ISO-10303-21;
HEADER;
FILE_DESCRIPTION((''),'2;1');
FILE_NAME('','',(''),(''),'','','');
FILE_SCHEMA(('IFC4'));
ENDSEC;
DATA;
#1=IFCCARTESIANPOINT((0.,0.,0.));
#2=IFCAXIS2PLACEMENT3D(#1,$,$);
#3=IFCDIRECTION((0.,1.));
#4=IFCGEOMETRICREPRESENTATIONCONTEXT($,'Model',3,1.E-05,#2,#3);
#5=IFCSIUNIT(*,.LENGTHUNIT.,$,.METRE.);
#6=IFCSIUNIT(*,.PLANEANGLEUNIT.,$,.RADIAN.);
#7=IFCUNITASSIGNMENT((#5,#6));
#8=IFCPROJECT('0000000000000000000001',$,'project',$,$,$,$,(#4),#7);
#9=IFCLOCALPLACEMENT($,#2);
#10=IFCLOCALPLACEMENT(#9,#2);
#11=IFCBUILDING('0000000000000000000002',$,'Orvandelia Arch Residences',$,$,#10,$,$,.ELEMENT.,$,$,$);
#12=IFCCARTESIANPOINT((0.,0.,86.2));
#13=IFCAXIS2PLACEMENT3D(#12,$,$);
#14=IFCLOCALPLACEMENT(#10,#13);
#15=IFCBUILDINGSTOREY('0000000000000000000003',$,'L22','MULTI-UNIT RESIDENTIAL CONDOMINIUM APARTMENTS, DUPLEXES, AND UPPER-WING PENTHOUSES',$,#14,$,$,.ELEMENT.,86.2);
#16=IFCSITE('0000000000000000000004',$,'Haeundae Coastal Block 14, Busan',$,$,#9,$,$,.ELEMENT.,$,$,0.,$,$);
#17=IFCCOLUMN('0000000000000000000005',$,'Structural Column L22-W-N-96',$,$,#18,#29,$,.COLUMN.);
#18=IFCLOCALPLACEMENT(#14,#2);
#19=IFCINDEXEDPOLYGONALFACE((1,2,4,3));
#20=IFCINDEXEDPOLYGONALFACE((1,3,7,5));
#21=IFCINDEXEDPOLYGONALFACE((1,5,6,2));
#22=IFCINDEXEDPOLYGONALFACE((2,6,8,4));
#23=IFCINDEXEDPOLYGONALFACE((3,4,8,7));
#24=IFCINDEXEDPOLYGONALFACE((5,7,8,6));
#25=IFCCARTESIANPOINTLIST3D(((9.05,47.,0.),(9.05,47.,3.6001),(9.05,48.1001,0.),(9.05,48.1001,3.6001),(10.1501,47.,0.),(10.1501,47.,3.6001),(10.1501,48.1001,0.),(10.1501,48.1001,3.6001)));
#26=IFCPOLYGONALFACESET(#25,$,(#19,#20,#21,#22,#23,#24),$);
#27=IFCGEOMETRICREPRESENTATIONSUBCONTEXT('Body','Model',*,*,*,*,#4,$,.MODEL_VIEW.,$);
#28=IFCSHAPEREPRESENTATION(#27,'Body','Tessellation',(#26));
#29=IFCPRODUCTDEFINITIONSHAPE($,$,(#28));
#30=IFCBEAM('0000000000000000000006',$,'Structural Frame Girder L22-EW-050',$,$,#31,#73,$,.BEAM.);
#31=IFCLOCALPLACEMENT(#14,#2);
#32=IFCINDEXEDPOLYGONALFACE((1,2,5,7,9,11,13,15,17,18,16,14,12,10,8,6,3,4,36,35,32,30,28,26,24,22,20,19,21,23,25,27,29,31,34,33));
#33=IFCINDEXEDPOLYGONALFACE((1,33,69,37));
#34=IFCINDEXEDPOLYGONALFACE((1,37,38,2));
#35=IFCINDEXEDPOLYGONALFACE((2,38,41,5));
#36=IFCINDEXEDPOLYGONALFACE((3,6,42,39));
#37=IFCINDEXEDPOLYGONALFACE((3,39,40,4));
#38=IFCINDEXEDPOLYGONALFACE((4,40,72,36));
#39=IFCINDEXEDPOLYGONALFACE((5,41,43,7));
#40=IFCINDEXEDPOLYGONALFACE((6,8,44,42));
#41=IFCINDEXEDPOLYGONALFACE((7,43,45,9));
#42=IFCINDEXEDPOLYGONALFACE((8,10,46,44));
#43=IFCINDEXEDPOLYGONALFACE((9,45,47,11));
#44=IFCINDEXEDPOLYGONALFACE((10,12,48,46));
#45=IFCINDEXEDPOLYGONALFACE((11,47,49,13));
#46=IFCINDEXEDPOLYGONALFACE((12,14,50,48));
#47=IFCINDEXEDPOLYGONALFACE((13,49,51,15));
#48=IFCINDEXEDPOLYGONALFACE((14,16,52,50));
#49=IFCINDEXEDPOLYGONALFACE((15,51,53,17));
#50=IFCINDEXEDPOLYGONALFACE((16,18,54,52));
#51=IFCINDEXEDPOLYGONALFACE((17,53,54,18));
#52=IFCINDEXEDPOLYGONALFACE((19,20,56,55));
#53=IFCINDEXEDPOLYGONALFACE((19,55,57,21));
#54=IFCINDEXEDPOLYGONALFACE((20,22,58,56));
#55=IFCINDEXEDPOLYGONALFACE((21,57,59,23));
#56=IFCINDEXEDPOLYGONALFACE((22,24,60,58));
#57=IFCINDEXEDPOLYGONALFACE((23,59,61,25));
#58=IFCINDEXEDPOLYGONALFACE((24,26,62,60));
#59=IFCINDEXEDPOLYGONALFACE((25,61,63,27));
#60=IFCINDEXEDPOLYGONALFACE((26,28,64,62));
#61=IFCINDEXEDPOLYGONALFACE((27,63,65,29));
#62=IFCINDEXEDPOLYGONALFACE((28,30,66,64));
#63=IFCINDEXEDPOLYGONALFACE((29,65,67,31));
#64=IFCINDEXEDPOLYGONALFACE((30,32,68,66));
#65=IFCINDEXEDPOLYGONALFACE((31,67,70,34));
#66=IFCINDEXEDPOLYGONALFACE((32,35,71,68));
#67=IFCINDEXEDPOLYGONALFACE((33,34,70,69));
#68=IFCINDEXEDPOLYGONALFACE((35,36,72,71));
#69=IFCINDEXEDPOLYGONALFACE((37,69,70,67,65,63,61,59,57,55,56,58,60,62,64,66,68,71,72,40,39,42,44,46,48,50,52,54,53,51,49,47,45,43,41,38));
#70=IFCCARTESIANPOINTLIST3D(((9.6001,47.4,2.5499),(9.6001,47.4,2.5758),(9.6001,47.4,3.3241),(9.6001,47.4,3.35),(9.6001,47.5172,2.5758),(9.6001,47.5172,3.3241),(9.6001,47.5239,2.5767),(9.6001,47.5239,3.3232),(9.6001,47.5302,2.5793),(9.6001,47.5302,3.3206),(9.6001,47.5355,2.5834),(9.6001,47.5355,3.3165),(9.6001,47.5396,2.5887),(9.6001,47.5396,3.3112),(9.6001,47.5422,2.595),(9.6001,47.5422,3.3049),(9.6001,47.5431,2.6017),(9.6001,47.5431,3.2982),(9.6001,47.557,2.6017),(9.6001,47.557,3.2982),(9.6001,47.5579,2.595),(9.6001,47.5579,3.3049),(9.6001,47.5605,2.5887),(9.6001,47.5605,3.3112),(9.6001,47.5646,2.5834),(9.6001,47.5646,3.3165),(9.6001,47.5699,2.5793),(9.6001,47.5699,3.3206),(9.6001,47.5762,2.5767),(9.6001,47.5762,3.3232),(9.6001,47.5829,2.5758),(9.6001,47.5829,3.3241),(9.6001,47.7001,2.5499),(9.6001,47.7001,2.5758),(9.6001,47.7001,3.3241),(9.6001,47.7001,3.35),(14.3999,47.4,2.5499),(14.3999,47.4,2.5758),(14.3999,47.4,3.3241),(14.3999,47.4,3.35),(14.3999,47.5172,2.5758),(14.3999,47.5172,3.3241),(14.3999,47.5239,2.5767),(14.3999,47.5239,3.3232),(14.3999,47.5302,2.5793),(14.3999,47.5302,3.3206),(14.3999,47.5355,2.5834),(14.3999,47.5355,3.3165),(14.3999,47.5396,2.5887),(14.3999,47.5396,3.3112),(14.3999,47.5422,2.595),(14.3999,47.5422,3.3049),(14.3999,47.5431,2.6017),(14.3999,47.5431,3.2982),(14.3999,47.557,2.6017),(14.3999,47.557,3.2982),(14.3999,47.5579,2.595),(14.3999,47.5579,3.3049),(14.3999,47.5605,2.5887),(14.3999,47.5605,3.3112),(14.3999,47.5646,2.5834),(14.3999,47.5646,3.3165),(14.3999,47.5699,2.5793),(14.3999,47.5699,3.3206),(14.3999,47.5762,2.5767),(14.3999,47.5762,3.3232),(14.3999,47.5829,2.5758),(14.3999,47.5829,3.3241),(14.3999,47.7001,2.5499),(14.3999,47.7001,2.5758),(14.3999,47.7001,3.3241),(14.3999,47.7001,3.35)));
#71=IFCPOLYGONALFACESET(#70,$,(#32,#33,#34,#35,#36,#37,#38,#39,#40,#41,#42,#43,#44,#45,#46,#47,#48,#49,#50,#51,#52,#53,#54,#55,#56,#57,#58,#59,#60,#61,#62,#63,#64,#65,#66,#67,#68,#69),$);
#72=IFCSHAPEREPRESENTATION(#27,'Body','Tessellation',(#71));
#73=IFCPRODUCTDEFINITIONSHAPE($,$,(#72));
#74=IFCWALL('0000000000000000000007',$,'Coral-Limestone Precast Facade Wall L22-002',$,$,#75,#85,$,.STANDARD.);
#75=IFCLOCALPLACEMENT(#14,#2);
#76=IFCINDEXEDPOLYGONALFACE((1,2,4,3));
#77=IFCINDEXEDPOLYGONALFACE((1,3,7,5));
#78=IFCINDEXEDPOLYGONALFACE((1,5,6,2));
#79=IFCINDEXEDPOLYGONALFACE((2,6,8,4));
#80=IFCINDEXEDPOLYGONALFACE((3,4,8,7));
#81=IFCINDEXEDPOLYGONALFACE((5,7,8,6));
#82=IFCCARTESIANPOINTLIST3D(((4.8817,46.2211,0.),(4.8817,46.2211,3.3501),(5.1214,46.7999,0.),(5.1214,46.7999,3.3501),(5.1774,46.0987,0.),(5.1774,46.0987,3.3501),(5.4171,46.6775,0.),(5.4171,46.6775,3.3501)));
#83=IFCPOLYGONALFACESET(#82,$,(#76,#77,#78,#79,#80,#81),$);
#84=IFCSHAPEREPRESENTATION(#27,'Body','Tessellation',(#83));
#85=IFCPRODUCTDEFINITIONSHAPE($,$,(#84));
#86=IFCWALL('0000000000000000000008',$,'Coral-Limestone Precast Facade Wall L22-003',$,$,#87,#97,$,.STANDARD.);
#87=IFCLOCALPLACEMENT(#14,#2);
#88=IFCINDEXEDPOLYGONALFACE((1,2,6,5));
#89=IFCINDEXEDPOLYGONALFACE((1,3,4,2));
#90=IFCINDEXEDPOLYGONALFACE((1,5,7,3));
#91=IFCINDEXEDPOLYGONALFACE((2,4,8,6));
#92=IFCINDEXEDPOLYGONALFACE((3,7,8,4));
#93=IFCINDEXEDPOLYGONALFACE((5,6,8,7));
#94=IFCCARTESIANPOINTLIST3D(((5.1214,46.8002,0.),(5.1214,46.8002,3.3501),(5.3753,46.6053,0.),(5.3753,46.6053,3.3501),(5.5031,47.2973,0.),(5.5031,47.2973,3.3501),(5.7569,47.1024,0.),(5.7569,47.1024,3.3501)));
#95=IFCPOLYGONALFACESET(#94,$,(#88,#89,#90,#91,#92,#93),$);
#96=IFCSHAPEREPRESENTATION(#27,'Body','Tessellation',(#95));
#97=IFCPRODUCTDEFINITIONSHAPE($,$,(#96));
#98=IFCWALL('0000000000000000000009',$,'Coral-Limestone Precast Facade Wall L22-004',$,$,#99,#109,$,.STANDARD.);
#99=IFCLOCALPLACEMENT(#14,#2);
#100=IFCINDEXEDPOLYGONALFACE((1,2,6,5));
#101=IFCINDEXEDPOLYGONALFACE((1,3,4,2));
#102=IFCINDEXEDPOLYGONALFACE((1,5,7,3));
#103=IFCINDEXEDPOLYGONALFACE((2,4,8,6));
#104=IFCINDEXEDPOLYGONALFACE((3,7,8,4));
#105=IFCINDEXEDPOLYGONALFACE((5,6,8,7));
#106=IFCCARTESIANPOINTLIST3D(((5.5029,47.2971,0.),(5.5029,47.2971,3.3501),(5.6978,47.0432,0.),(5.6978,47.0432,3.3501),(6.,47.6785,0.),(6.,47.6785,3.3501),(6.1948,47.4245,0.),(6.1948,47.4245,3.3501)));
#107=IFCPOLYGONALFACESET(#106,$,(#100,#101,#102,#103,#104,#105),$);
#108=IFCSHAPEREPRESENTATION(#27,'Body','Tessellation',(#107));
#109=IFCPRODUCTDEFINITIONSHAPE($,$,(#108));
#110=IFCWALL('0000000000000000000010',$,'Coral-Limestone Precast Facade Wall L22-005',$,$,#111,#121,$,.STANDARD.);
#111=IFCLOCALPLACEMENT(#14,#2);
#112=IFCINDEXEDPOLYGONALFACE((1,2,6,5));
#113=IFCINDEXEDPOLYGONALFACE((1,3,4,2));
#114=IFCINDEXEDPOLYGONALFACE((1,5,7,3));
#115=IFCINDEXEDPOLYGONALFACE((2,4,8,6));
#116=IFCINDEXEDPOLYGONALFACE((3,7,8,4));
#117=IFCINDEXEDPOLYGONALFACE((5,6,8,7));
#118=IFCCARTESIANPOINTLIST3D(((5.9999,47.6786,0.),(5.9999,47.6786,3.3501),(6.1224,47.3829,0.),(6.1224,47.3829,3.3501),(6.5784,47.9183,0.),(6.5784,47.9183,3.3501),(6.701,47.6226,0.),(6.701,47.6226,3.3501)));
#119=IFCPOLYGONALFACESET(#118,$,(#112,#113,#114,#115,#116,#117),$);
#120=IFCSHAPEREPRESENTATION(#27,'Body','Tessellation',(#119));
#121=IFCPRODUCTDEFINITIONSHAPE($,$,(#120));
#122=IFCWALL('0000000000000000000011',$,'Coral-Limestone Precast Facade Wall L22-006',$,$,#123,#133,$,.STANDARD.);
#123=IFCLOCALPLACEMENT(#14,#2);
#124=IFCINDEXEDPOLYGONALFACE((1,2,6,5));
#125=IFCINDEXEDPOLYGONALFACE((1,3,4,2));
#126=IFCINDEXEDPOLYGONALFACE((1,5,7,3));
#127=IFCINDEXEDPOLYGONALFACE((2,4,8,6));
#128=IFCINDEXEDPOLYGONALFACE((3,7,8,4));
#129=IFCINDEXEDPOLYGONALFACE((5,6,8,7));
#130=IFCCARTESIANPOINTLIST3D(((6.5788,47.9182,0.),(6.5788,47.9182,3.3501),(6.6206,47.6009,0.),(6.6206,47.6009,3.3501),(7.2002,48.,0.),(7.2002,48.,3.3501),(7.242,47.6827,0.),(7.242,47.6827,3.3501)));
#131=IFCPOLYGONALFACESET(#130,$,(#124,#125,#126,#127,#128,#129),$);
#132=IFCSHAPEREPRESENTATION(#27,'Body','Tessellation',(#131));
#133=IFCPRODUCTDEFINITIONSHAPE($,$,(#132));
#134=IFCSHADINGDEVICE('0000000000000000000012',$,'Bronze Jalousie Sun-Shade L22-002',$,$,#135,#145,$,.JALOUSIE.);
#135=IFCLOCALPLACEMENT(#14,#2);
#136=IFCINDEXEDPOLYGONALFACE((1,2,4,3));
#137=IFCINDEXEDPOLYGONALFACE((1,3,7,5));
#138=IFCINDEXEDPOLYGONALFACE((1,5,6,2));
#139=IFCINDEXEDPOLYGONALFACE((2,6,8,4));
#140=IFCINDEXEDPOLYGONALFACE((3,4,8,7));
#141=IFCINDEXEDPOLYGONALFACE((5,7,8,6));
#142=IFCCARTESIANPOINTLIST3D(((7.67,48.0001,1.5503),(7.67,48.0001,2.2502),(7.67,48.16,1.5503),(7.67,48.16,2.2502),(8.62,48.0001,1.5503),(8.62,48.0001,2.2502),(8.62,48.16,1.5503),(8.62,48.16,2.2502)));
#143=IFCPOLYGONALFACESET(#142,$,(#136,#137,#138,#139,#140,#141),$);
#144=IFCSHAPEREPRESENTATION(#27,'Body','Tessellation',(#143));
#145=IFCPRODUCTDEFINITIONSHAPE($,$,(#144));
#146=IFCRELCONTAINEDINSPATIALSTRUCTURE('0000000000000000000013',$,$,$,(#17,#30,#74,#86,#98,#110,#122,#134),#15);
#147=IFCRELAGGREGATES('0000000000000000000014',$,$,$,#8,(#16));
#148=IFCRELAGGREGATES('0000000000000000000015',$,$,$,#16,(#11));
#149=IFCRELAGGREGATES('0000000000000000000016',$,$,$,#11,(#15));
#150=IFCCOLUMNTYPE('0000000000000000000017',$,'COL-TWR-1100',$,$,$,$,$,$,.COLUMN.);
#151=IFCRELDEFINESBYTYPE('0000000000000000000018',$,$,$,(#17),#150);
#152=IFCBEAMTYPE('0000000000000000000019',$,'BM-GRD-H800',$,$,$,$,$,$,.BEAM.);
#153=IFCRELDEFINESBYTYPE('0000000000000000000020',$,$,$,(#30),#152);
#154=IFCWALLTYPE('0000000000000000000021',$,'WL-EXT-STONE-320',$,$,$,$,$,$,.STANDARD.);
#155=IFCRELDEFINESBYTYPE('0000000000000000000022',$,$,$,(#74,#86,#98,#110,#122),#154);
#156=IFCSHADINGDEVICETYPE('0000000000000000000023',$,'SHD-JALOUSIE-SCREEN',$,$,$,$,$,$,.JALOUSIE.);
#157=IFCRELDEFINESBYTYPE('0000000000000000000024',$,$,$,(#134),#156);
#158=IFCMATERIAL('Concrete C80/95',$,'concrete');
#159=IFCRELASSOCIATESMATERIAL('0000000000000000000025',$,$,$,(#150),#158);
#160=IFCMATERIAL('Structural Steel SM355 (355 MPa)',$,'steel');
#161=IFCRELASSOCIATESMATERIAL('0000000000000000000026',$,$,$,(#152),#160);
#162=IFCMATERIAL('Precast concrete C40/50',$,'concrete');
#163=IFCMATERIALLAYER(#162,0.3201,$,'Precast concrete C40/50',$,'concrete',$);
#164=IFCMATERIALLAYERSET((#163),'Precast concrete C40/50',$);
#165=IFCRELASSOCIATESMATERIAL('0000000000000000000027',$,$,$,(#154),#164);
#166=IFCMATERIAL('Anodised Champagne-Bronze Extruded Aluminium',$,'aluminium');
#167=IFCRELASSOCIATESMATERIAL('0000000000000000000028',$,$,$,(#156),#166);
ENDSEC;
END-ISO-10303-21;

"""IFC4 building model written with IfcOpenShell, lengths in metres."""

from ifc_helpers import new_model, si_unit, direction, frame, frame_2d, origin, origin_2d, place, context, subcontext, project, spatial, rectangle, i_section, extrude, material, layer, layer_set, material_profile, profile_set, type_object, element, save


model = new_model("IFC4")

# Units and contexts
model_context = context("Model", 3, precision=1e-05, world=origin(), true_north=direction((0.0, 1.0)))
body_context = subcontext(model_context, "Body", "Model", "MODEL_VIEW")
ifc_project = project(units=[si_unit("LENGTHUNIT", "METRE"), si_unit("PLANEANGLEUNIT", "RADIAN")], contexts=[model_context])

# Site, building, storey
site_placement = place(None, origin())
site = spatial("IfcSite", under=ifc_project, at=site_placement, Name="Haeundae Coastal Block 14, Busan", CompositionType="ELEMENT", RefElevation=0.0)
building_placement = place(site_placement, origin())
building = spatial("IfcBuilding", under=site, at=building_placement, Name="Orvandelia Arch Residences", CompositionType="ELEMENT")
storey_placement = place(building_placement, frame((0.0, 0.0, 86.2)))
storey = spatial("IfcBuildingStorey", under=building, at=storey_placement, Name="L22", Description="MULTI-UNIT RESIDENTIAL CONDOMINIUM APARTMENTS, DUPLEXES, AND UPPER-WING PENTHOUSES", CompositionType="ELEMENT", Elevation=86.2)

# Column
ifc_material_1 = material(Name="Concrete C80/95", Category="concrete")
ifc_material_profile_1 = material_profile(ifc_material_1, rectangle(XDim=1.1001, YDim=1.1001, at=origin_2d()), Name="Concrete C80/95", Category="concrete")
ifc_profile_set_1 = profile_set([ifc_material_profile_1], Name="Concrete C80/95")
column_type = type_object("IfcColumnType", Name="COL-TWR-1100", PredefinedType="COLUMN", material=ifc_profile_set_1)
column_placement = place(storey_placement, frame((9.6001, 47.55, 0.0), z_axis=(0.0, 0.0, 1.0), x_axis=(1.0, 0.0, 0.0)))
element("IfcColumn", 1, at=column_placement, inside=storey, type_object=column_type, Name="Structural Column L22-W-N-96", PredefinedType="COLUMN", context=body_context, shape_type="SweptSolid", body=[
    extrude(rectangle(XDim=1.1001, YDim=1.1001, at=origin_2d()), origin(), (0.0, 0.0, 1.0), 3.6001),
])

# Beam
ifc_material_2 = material(Name="Structural Steel SM355 (355 MPa)", Category="steel")
ifc_material_profile_2 = material_profile(ifc_material_2, i_section(OverallWidth=0.3, OverallDepth=0.8, WebThickness=0.0139, FlangeThickness=0.0259, FilletRadius=0.0259, at=origin_2d()), Name="Structural Steel SM355 (355 MPa)", Category="steel")
ifc_profile_set_2 = profile_set([ifc_material_profile_2], Name="Structural Steel SM355 (355 MPa)")
beam_type = type_object("IfcBeamType", Name="BM-GRD-H800", PredefinedType="BEAM", material=ifc_profile_set_2)
beam_placement = place(storey_placement, frame((9.6001, 47.55, 2.95), z_axis=(1.0, 0.0, 0.0), x_axis=(0.0, 1.0, 0.0)))
element("IfcBeam", 2, at=beam_placement, inside=storey, type_object=beam_type, Name="Structural Frame Girder L22-EW-050", PredefinedType="BEAM", context=body_context, shape_type="SweptSolid", body=[
    extrude(i_section(OverallWidth=0.3, OverallDepth=0.8, WebThickness=0.0139, FlangeThickness=0.0259, FilletRadius=0.0259, at=origin_2d()), origin(), (0.0, 0.0, 1.0), 4.7998),
])

# Walls
ifc_material_3 = material(Name="Precast concrete C40/50", Category="concrete")
ifc_layer = layer(ifc_material_3, 0.3201, Name="Precast concrete C40/50", Category="concrete")
ifc_layer_set = layer_set([ifc_layer], Name="Precast concrete C40/50")
wall_type = type_object("IfcWallType", Name="WL-EXT-STONE-320", PredefinedType="STANDARD", material=ifc_layer_set)
wall_1_placement = place(storey_placement, frame((5.0295, 46.1599, 0.0), z_axis=(0.0, 0.0, 1.0), x_axis=(0.38265, 0.923893, 0.0)))
element("IfcWall", 3, at=wall_1_placement, inside=storey, type_object=wall_type, Name="Coral-Limestone Precast Facade Wall L22-002", PredefinedType="STANDARD", context=body_context, shape_type="SweptSolid", body=[
    extrude(rectangle(XDim=0.6265, YDim=0.3201, at=frame_2d((0.3132, 0.0))), origin(), (0.0, 0.0, 1.0), 3.3501),
])
wall_2_placement = place(storey_placement, frame((5.2483, 46.7026, 0.0), z_axis=(0.0, 0.0, 1.0), x_axis=(0.608939, 0.793217, 0.0)))
element("IfcWall", 4, at=wall_2_placement, inside=storey, type_object=wall_type, Name="Coral-Limestone Precast Facade Wall L22-003", PredefinedType="STANDARD", context=body_context, shape_type="SweptSolid", body=[
    extrude(rectangle(XDim=0.6267, YDim=0.3201, at=frame_2d((0.3135, 0.0))), origin(), (0.0, 0.0, 1.0), 3.3501),
])
wall_3_placement = place(storey_placement, frame((5.6003, 47.1702, 0.0), z_axis=(0.0, 0.0, 1.0), x_axis=(0.793406, 0.608693, 0.0)))
element("IfcWall", 5, at=wall_3_placement, inside=storey, type_object=wall_type, Name="Coral-Limestone Precast Facade Wall L22-004", PredefinedType="STANDARD", context=body_context, shape_type="SweptSolid", body=[
    extrude(rectangle(XDim=0.6265, YDim=0.3201, at=frame_2d((0.3132, 0.0))), origin(), (0.0, 0.0, 1.0), 3.3501),
])
wall_4_placement = place(storey_placement, frame((6.0613, 47.5308, 0.0), z_axis=(0.0, 0.0, 1.0), x_axis=(0.923836, 0.382788, 0.0)))
element("IfcWall", 6, at=wall_4_placement, inside=storey, type_object=wall_type, Name="Coral-Limestone Precast Facade Wall L22-005", PredefinedType="STANDARD", context=body_context, shape_type="SweptSolid", body=[
    extrude(rectangle(XDim=0.6262, YDim=0.3201, at=frame_2d((0.313, 0.0))), origin(), (0.0, 0.0, 1.0), 3.3501),
])
wall_5_placement = place(storey_placement, frame((6.5996, 47.7595, 0.0), z_axis=(0.0, 0.0, 1.0), x_axis=(0.991448, 0.130505, 0.0)))
element("IfcWall", 7, at=wall_5_placement, inside=storey, type_object=wall_type, Name="Coral-Limestone Precast Facade Wall L22-006", PredefinedType="STANDARD", context=body_context, shape_type="SweptSolid", body=[
    extrude(rectangle(XDim=0.6267, YDim=0.3201, at=frame_2d((0.3135, 0.0))), origin(), (0.0, 0.0, 1.0), 3.3501),
])

# Shading device
ifc_material_4 = material(Name="Anodised Champagne-Bronze Extruded Aluminium", Category="aluminium")
shading_device_type = type_object("IfcShadingDeviceType", Name="SHD-JALOUSIE-SCREEN", PredefinedType="JALOUSIE", material=ifc_material_4)
shading_device_placement = place(storey_placement, frame((8.145, 48.0801, 1.5503), z_axis=(0.0, 0.0, 1.0), x_axis=(1.0, 0.0, 0.0)))
element("IfcShadingDevice", 8, at=shading_device_placement, inside=storey, type_object=shading_device_type, Name="Bronze Jalousie Sun-Shade L22-002", PredefinedType="JALOUSIE", context=body_context, shape_type="SweptSolid", body=[
    extrude(rectangle(XDim=0.95, YDim=0.1599, at=origin_2d()), origin(), (0.0, 0.0, 1.0), 0.7),
])

save(model, "model.ifc")
